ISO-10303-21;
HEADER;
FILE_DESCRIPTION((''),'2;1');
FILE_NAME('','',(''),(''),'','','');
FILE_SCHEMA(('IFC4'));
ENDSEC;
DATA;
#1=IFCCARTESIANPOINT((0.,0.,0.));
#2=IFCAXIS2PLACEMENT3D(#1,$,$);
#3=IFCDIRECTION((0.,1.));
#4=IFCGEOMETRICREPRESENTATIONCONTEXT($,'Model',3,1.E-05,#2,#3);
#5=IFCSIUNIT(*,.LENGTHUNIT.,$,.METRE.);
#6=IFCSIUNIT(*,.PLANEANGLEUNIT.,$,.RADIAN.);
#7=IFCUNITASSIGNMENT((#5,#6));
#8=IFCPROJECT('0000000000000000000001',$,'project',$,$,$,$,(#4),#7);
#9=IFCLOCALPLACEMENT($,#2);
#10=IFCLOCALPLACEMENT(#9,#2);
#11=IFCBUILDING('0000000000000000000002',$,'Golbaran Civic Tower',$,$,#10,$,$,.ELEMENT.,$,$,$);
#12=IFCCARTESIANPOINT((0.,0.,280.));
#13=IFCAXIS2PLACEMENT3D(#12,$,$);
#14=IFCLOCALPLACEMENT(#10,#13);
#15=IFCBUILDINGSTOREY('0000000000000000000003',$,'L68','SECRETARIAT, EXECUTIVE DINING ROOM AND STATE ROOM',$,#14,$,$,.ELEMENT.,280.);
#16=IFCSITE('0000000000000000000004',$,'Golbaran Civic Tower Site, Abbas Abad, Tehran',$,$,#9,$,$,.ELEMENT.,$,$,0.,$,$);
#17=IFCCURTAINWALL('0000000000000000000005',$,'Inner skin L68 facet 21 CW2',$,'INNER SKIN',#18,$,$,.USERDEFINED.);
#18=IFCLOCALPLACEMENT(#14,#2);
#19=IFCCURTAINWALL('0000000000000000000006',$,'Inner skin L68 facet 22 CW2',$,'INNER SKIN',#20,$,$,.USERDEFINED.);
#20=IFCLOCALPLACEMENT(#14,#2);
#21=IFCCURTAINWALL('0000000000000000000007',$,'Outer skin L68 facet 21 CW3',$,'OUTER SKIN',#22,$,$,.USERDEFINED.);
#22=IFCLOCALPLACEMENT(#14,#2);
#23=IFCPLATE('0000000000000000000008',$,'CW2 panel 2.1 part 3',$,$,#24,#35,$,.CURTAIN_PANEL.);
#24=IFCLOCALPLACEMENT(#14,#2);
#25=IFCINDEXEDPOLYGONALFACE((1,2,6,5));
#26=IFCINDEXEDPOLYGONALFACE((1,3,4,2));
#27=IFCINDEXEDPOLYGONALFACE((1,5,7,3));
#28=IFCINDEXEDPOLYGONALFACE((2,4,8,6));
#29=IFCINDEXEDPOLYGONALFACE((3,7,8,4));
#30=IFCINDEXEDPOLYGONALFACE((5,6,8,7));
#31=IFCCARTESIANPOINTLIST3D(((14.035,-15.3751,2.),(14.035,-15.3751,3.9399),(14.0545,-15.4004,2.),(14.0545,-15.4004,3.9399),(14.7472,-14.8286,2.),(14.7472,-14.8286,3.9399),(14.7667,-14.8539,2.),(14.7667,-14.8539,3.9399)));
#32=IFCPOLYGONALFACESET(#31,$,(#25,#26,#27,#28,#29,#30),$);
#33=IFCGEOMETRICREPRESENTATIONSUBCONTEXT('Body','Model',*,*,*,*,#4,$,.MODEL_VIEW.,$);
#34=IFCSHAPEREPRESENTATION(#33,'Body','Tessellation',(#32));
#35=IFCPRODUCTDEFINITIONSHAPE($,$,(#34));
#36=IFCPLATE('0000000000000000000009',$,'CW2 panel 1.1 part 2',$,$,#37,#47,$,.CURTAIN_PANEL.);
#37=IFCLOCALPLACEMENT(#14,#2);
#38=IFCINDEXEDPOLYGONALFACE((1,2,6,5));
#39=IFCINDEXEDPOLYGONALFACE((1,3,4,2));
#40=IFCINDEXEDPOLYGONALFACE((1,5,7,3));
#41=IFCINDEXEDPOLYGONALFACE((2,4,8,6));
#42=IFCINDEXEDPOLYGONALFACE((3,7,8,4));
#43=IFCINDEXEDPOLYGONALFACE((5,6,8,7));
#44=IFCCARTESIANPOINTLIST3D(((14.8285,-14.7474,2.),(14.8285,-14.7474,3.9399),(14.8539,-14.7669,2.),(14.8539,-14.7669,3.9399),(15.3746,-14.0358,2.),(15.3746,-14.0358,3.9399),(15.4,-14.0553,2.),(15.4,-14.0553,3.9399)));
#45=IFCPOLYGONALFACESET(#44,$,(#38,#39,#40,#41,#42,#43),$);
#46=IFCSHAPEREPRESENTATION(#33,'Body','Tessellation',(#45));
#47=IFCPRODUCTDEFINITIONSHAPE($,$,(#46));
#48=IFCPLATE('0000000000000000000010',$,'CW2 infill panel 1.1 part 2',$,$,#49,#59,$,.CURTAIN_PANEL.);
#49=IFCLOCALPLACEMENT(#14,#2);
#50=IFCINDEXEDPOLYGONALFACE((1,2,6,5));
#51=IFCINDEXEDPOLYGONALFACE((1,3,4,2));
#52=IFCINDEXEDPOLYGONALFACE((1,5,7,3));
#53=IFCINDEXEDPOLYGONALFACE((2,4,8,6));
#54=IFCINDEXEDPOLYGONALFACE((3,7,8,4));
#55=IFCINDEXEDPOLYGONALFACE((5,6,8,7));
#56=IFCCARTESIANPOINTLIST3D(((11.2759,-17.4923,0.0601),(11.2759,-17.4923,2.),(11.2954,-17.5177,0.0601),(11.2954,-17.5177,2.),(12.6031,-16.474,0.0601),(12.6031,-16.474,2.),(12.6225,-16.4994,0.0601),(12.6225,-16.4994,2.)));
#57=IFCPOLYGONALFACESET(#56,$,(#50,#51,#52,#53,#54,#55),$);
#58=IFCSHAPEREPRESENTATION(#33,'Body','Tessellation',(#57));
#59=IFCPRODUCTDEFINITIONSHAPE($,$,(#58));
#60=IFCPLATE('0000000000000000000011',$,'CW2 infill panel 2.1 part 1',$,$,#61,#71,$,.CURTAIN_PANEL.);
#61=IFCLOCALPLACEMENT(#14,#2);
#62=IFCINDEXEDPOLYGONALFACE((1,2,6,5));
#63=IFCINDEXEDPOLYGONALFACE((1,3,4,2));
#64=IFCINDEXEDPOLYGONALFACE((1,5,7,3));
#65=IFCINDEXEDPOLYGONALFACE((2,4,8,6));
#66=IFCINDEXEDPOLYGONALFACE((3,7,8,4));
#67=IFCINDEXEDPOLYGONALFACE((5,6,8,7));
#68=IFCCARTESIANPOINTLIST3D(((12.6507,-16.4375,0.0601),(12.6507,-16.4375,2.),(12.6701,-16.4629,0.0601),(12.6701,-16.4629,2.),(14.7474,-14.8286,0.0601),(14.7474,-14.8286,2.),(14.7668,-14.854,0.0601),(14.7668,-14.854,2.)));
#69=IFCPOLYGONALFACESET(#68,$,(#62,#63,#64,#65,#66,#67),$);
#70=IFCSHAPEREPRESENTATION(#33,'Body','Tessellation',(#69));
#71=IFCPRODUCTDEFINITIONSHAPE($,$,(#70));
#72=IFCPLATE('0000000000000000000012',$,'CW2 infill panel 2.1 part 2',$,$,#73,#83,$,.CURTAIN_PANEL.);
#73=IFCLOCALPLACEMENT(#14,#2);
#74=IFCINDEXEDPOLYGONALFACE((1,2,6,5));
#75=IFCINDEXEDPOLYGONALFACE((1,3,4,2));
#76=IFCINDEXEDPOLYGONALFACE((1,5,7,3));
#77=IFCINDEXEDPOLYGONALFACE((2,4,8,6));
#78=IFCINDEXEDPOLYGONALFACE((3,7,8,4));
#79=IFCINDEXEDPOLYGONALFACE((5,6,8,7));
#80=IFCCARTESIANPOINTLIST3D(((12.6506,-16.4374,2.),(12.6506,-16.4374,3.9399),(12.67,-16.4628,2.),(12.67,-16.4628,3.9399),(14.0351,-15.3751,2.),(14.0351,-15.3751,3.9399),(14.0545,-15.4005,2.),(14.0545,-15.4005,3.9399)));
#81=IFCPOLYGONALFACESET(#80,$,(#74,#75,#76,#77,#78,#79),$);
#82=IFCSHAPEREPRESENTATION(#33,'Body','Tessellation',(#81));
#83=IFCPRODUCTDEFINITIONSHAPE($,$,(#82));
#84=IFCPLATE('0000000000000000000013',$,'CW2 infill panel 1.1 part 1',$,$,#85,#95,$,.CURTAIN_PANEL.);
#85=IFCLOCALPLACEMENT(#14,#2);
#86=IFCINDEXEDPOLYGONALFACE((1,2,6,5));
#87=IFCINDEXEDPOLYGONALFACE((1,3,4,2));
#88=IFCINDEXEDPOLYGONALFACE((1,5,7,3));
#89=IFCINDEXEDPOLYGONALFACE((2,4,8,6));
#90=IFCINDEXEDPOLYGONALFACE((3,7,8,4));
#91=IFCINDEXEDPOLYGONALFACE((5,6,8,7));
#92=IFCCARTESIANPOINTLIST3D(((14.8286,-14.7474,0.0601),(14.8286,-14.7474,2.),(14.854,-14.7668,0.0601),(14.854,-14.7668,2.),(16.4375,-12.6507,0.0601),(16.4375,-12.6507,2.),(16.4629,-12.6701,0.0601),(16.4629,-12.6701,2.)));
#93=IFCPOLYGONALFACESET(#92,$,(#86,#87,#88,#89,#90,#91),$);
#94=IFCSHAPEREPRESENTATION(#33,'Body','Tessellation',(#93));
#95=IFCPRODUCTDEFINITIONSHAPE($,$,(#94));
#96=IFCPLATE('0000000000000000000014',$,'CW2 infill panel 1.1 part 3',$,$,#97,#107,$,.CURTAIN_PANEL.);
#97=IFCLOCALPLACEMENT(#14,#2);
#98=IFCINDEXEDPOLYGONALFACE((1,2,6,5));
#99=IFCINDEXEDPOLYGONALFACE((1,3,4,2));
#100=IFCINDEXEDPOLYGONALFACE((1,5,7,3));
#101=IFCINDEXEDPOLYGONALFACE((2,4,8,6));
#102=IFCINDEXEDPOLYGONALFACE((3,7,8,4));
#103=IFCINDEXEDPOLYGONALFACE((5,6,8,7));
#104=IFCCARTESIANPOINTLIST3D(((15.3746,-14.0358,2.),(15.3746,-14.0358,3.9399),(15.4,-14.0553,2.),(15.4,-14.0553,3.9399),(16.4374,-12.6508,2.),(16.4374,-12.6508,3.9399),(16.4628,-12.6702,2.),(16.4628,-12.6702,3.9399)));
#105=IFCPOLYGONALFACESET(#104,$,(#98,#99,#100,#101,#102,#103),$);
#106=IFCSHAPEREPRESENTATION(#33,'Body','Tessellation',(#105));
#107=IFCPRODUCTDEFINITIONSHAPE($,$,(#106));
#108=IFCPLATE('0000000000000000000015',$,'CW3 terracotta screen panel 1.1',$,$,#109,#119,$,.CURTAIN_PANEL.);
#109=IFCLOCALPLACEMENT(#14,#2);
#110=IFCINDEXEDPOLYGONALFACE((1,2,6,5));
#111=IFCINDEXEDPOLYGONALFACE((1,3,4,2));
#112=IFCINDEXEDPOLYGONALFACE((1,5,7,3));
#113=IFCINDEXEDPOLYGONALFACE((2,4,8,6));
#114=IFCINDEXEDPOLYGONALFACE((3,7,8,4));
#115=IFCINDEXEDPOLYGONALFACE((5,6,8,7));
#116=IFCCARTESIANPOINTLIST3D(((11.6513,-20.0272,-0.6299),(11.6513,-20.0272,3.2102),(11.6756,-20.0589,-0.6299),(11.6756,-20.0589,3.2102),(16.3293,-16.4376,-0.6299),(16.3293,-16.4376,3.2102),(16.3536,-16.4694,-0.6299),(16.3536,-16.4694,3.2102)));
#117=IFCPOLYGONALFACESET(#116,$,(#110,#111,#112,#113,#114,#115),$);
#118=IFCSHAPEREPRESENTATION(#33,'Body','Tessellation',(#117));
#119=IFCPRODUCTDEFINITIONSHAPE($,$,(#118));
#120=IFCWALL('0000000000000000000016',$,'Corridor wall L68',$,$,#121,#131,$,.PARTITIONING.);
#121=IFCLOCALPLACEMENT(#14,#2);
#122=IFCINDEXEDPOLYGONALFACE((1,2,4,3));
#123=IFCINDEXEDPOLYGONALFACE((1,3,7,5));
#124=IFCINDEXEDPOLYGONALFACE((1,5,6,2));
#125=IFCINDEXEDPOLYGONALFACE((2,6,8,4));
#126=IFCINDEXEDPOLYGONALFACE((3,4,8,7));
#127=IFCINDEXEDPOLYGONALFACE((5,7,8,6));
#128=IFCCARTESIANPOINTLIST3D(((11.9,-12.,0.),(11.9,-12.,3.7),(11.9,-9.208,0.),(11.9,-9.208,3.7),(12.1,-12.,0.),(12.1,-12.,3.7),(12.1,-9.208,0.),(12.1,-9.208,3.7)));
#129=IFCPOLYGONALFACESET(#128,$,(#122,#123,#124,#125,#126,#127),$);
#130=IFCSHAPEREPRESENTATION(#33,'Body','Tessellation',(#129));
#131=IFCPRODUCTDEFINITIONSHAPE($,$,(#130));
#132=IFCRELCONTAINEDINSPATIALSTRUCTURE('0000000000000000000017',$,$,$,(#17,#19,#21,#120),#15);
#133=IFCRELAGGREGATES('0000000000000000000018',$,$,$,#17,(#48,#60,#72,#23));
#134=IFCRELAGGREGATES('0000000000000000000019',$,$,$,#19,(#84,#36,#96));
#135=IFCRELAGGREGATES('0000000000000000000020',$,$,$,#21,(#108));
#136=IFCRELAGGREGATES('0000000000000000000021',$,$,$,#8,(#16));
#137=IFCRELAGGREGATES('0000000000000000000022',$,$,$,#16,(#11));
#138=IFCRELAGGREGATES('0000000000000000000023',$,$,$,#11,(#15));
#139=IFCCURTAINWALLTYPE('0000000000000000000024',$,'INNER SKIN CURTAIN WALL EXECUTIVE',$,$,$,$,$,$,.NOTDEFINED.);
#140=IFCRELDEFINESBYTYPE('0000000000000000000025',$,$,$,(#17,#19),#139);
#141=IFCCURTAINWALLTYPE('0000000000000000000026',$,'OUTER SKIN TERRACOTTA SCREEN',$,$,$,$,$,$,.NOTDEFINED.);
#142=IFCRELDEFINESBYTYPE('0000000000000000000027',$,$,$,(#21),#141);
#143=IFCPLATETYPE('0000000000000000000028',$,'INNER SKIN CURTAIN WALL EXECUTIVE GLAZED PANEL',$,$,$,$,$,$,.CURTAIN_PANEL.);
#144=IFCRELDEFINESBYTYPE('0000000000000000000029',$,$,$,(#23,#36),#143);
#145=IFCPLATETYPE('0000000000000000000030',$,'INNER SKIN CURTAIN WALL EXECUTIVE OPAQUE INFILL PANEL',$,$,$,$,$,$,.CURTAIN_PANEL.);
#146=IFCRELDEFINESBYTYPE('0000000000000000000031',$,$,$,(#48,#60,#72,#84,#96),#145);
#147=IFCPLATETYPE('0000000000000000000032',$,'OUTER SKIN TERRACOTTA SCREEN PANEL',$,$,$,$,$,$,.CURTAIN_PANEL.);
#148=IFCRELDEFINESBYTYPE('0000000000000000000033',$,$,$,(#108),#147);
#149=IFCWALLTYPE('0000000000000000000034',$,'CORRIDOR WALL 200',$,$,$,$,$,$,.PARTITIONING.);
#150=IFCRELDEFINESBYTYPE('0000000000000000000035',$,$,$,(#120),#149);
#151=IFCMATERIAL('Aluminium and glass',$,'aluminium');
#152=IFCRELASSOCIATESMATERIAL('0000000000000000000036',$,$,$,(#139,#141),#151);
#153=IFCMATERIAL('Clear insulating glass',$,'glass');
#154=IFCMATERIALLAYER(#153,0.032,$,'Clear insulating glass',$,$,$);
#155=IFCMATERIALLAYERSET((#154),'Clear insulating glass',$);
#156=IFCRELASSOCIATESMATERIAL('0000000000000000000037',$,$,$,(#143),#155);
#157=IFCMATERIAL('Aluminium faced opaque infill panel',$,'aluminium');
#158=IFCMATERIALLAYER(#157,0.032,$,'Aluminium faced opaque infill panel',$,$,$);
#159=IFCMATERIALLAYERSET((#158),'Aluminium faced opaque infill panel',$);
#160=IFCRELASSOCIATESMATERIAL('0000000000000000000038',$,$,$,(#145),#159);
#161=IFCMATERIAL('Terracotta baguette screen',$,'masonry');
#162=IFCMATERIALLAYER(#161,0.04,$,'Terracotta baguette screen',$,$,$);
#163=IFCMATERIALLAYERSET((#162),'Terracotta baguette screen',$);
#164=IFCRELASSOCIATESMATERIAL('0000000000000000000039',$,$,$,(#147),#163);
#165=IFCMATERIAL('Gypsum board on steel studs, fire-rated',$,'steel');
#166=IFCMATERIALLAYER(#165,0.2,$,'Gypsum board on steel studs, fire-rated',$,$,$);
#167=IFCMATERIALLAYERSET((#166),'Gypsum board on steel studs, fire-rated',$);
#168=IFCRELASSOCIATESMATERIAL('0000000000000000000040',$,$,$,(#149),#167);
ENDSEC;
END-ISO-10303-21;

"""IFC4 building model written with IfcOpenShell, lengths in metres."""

from ifc_helpers import new_model, si_unit, direction, frame, frame_2d, origin, origin_2d, place, context, subcontext, project, spatial, rectangle, extrude, material, layer, layer_set, type_object, element, aggregate, save


model = new_model("IFC4")

# Units and contexts
model_context = context("Model", 3, precision=1e-05, world=origin(), true_north=direction((0.0, 1.0)))
body_context = subcontext(model_context, "Body", "Model", "MODEL_VIEW")
ifc_project = project(units=[si_unit("LENGTHUNIT", "METRE"), si_unit("PLANEANGLEUNIT", "RADIAN")], contexts=[model_context])

# Site, building, storey
site_placement = place(None, origin())
site = spatial("IfcSite", under=ifc_project, at=site_placement, Name="Golbaran Civic Tower Site, Abbas Abad, Tehran", CompositionType="ELEMENT", RefElevation=0.0)
building_placement = place(site_placement, origin())
building = spatial("IfcBuilding", under=site, at=building_placement, Name="Golbaran Civic Tower", CompositionType="ELEMENT")
storey_placement = place(building_placement, frame((0.0, 0.0, 280.0)))
storey = spatial("IfcBuildingStorey", under=building, at=storey_placement, Name="L68", Description="SECRETARIAT, EXECUTIVE DINING ROOM AND STATE ROOM", CompositionType="ELEMENT", Elevation=280.0)

# Curtain wall
ifc_material_1 = material(Name="Aluminium and glass", Category="aluminium")
curtain_wall_type_1 = type_object("IfcCurtainWallType", Name="INNER SKIN CURTAIN WALL EXECUTIVE", PredefinedType="NOTDEFINED", material=ifc_material_1)
curtain_wall_1_placement = place(storey_placement, origin())
curtain_wall_1 = element("IfcCurtainWall", 1, at=curtain_wall_1_placement, inside=storey, type_object=curtain_wall_type_1, Name="Inner skin L68 facet 21 CW2", ObjectType="INNER SKIN", PredefinedType="USERDEFINED")

# Curtain wall
curtain_wall_2_placement = place(storey_placement, origin())
curtain_wall_2 = element("IfcCurtainWall", 2, at=curtain_wall_2_placement, inside=storey, type_object=curtain_wall_type_1, Name="Inner skin L68 facet 22 CW2", ObjectType="INNER SKIN", PredefinedType="USERDEFINED")

# Curtain wall
curtain_wall_type_2 = type_object("IfcCurtainWallType", Name="OUTER SKIN TERRACOTTA SCREEN", PredefinedType="NOTDEFINED", material=ifc_material_1)
curtain_wall_3_placement = place(storey_placement, origin())
curtain_wall_3 = element("IfcCurtainWall", 3, at=curtain_wall_3_placement, inside=storey, type_object=curtain_wall_type_2, Name="Outer skin L68 facet 21 CW3", ObjectType="OUTER SKIN", PredefinedType="USERDEFINED")

# Plates
ifc_material_2 = material(Name="Clear insulating glass", Category="glass")
ifc_layer_1 = layer(ifc_material_2, 0.032, Name="Clear insulating glass")
ifc_layer_set_1 = layer_set([ifc_layer_1], Name="Clear insulating glass")
plate_type_1 = type_object("IfcPlateType", Name="INNER SKIN CURTAIN WALL EXECUTIVE GLAZED PANEL", PredefinedType="CURTAIN_PANEL", material=ifc_layer_set_1)
plate_1_placement = place(storey_placement, frame((14.4009, -15.1145, 2.0), z_axis=(0.0, 0.0, 1.0), x_axis=(0.793353, 0.608761, 0.0)))
plate_1 = element("IfcPlate", 4, at=plate_1_placement, type_object=plate_type_1, Name="CW2 panel 2.1 part 3", PredefinedType="CURTAIN_PANEL", context=body_context, shape_type="SweptSolid", body=[
    extrude(rectangle(XDim=0.8977, YDim=0.032, at=origin_2d()), origin(), (0.0, 0.0, 1.0), 1.9399),
])
plate_2_placement = place(storey_placement, frame((15.1143, -14.4014, 2.0), z_axis=(0.0, 0.0, 1.0), x_axis=(0.608761, 0.793353, 0.0)))
plate_2 = element("IfcPlate", 5, at=plate_2_placement, type_object=plate_type_1, Name="CW2 panel 1.1 part 2", PredefinedType="CURTAIN_PANEL", context=body_context, shape_type="SweptSolid", body=[
    extrude(rectangle(XDim=0.897, YDim=0.032, at=origin_2d()), origin(), (0.0, 0.0, 1.0), 1.9399),
])
ifc_material_3 = material(Name="Aluminium faced opaque infill panel", Category="aluminium")
ifc_layer_2 = layer(ifc_material_3, 0.032, Name="Aluminium faced opaque infill panel")
ifc_layer_set_2 = layer_set([ifc_layer_2], Name="Aluminium faced opaque infill panel")
plate_type_2 = type_object("IfcPlateType", Name="INNER SKIN CURTAIN WALL EXECUTIVE OPAQUE INFILL PANEL", PredefinedType="CURTAIN_PANEL", material=ifc_layer_set_2)
plate_3_placement = place(storey_placement, frame((11.9492, -16.9958, 0.0601), z_axis=(0.0, 0.0, 1.0), x_axis=(0.793353, 0.608761, 0.0)))
plate_3 = element("IfcPlate", 6, at=plate_3_placement, type_object=plate_type_2, Name="CW2 infill panel 1.1 part 2", PredefinedType="CURTAIN_PANEL", context=body_context, shape_type="SweptSolid", body=[
    extrude(rectangle(XDim=1.6729, YDim=0.032, at=origin_2d()), origin(), (0.0, 0.0, 1.0), 1.9399),
])
plate_4_placement = place(storey_placement, frame((13.7087, -15.6458, 0.0601), z_axis=(0.0, 0.0, 1.0), x_axis=(0.793353, 0.608761, 0.0)))
plate_4 = element("IfcPlate", 7, at=plate_4_placement, type_object=plate_type_2, Name="CW2 infill panel 2.1 part 1", PredefinedType="CURTAIN_PANEL", context=body_context, shape_type="SweptSolid", body=[
    extrude(rectangle(XDim=2.6428, YDim=0.032, at=origin_2d()), origin(), (0.0, 0.0, 1.0), 1.9399),
])
plate_5_placement = place(storey_placement, frame((13.3525, -15.9189, 2.0), z_axis=(0.0, 0.0, 1.0), x_axis=(0.793353, 0.608761, 0.0)))
plate_5 = element("IfcPlate", 8, at=plate_5_placement, type_object=plate_type_2, Name="CW2 infill panel 2.1 part 2", PredefinedType="CURTAIN_PANEL", context=body_context, shape_type="SweptSolid", body=[
    extrude(rectangle(XDim=1.7451, YDim=0.032, at=origin_2d()), origin(), (0.0, 0.0, 1.0), 1.9399),
])
aggregate(curtain_wall_1, [plate_3, plate_4, plate_5, plate_1])
plate_6_placement = place(storey_placement, frame((15.6458, -13.7087, 0.0601), z_axis=(0.0, 0.0, 1.0), x_axis=(0.608761, 0.793353, 0.0)))
plate_6 = element("IfcPlate", 9, at=plate_6_placement, type_object=plate_type_2, Name="CW2 infill panel 1.1 part 1", PredefinedType="CURTAIN_PANEL", context=body_context, shape_type="SweptSolid", body=[
    extrude(rectangle(XDim=2.6428, YDim=0.032, at=origin_2d()), origin(), (0.0, 0.0, 1.0), 1.9399),
])
plate_7_placement = place(storey_placement, frame((15.9187, -13.353, 2.0), z_axis=(0.0, 0.0, 1.0), x_axis=(0.608761, 0.793353, 0.0)))
plate_7 = element("IfcPlate", 10, at=plate_7_placement, type_object=plate_type_2, Name="CW2 infill panel 1.1 part 3", PredefinedType="CURTAIN_PANEL", context=body_context, shape_type="SweptSolid", body=[
    extrude(rectangle(XDim=1.7458, YDim=0.032, at=origin_2d()), origin(), (0.0, 0.0, 1.0), 1.9399),
])
aggregate(curtain_wall_2, [plate_6, plate_2, plate_7])
ifc_material_4 = material(Name="Terracotta baguette screen", Category="masonry")
ifc_layer_3 = layer(ifc_material_4, 0.04, Name="Terracotta baguette screen")
ifc_layer_set_3 = layer_set([ifc_layer_3], Name="Terracotta baguette screen")
plate_type_3 = type_object("IfcPlateType", Name="OUTER SKIN TERRACOTTA SCREEN PANEL", PredefinedType="CURTAIN_PANEL", material=ifc_layer_set_3)
plate_8_placement = place(storey_placement, frame((14.0024, -18.2483, -0.6299), z_axis=(0.0, 0.0, 1.0), x_axis=(0.793353, 0.608761, 0.0)))
plate_8 = element("IfcPlate", 11, at=plate_8_placement, type_object=plate_type_3, Name="CW3 terracotta screen panel 1.1", PredefinedType="CURTAIN_PANEL", context=body_context, shape_type="SweptSolid", body=[
    extrude(rectangle(XDim=5.8965, YDim=0.04, at=origin_2d()), origin(), (0.0, 0.0, 1.0), 3.8401),
])
aggregate(curtain_wall_3, [plate_8])

# Wall
ifc_material_5 = material(Name="Gypsum board on steel studs, fire-rated", Category="steel")
ifc_layer_4 = layer(ifc_material_5, 0.2, Name="Gypsum board on steel studs, fire-rated")
ifc_layer_set_4 = layer_set([ifc_layer_4], Name="Gypsum board on steel studs, fire-rated")
wall_type = type_object("IfcWallType", Name="CORRIDOR WALL 200", PredefinedType="PARTITIONING", material=ifc_layer_set_4)
wall_placement = place(storey_placement, frame((12.0, -12.0, 0.0), z_axis=(0.0, 0.0, 1.0), x_axis=(0.0, 1.0, 0.0)))
element("IfcWall", 12, at=wall_placement, inside=storey, type_object=wall_type, Name="Corridor wall L68", PredefinedType="PARTITIONING", context=body_context, shape_type="SweptSolid", body=[
    extrude(rectangle(XDim=2.792, YDim=0.2, at=frame_2d((1.396, 0.0))), origin(), (0.0, 0.0, 1.0), 3.7),
])

save(model, "model.ifc")
